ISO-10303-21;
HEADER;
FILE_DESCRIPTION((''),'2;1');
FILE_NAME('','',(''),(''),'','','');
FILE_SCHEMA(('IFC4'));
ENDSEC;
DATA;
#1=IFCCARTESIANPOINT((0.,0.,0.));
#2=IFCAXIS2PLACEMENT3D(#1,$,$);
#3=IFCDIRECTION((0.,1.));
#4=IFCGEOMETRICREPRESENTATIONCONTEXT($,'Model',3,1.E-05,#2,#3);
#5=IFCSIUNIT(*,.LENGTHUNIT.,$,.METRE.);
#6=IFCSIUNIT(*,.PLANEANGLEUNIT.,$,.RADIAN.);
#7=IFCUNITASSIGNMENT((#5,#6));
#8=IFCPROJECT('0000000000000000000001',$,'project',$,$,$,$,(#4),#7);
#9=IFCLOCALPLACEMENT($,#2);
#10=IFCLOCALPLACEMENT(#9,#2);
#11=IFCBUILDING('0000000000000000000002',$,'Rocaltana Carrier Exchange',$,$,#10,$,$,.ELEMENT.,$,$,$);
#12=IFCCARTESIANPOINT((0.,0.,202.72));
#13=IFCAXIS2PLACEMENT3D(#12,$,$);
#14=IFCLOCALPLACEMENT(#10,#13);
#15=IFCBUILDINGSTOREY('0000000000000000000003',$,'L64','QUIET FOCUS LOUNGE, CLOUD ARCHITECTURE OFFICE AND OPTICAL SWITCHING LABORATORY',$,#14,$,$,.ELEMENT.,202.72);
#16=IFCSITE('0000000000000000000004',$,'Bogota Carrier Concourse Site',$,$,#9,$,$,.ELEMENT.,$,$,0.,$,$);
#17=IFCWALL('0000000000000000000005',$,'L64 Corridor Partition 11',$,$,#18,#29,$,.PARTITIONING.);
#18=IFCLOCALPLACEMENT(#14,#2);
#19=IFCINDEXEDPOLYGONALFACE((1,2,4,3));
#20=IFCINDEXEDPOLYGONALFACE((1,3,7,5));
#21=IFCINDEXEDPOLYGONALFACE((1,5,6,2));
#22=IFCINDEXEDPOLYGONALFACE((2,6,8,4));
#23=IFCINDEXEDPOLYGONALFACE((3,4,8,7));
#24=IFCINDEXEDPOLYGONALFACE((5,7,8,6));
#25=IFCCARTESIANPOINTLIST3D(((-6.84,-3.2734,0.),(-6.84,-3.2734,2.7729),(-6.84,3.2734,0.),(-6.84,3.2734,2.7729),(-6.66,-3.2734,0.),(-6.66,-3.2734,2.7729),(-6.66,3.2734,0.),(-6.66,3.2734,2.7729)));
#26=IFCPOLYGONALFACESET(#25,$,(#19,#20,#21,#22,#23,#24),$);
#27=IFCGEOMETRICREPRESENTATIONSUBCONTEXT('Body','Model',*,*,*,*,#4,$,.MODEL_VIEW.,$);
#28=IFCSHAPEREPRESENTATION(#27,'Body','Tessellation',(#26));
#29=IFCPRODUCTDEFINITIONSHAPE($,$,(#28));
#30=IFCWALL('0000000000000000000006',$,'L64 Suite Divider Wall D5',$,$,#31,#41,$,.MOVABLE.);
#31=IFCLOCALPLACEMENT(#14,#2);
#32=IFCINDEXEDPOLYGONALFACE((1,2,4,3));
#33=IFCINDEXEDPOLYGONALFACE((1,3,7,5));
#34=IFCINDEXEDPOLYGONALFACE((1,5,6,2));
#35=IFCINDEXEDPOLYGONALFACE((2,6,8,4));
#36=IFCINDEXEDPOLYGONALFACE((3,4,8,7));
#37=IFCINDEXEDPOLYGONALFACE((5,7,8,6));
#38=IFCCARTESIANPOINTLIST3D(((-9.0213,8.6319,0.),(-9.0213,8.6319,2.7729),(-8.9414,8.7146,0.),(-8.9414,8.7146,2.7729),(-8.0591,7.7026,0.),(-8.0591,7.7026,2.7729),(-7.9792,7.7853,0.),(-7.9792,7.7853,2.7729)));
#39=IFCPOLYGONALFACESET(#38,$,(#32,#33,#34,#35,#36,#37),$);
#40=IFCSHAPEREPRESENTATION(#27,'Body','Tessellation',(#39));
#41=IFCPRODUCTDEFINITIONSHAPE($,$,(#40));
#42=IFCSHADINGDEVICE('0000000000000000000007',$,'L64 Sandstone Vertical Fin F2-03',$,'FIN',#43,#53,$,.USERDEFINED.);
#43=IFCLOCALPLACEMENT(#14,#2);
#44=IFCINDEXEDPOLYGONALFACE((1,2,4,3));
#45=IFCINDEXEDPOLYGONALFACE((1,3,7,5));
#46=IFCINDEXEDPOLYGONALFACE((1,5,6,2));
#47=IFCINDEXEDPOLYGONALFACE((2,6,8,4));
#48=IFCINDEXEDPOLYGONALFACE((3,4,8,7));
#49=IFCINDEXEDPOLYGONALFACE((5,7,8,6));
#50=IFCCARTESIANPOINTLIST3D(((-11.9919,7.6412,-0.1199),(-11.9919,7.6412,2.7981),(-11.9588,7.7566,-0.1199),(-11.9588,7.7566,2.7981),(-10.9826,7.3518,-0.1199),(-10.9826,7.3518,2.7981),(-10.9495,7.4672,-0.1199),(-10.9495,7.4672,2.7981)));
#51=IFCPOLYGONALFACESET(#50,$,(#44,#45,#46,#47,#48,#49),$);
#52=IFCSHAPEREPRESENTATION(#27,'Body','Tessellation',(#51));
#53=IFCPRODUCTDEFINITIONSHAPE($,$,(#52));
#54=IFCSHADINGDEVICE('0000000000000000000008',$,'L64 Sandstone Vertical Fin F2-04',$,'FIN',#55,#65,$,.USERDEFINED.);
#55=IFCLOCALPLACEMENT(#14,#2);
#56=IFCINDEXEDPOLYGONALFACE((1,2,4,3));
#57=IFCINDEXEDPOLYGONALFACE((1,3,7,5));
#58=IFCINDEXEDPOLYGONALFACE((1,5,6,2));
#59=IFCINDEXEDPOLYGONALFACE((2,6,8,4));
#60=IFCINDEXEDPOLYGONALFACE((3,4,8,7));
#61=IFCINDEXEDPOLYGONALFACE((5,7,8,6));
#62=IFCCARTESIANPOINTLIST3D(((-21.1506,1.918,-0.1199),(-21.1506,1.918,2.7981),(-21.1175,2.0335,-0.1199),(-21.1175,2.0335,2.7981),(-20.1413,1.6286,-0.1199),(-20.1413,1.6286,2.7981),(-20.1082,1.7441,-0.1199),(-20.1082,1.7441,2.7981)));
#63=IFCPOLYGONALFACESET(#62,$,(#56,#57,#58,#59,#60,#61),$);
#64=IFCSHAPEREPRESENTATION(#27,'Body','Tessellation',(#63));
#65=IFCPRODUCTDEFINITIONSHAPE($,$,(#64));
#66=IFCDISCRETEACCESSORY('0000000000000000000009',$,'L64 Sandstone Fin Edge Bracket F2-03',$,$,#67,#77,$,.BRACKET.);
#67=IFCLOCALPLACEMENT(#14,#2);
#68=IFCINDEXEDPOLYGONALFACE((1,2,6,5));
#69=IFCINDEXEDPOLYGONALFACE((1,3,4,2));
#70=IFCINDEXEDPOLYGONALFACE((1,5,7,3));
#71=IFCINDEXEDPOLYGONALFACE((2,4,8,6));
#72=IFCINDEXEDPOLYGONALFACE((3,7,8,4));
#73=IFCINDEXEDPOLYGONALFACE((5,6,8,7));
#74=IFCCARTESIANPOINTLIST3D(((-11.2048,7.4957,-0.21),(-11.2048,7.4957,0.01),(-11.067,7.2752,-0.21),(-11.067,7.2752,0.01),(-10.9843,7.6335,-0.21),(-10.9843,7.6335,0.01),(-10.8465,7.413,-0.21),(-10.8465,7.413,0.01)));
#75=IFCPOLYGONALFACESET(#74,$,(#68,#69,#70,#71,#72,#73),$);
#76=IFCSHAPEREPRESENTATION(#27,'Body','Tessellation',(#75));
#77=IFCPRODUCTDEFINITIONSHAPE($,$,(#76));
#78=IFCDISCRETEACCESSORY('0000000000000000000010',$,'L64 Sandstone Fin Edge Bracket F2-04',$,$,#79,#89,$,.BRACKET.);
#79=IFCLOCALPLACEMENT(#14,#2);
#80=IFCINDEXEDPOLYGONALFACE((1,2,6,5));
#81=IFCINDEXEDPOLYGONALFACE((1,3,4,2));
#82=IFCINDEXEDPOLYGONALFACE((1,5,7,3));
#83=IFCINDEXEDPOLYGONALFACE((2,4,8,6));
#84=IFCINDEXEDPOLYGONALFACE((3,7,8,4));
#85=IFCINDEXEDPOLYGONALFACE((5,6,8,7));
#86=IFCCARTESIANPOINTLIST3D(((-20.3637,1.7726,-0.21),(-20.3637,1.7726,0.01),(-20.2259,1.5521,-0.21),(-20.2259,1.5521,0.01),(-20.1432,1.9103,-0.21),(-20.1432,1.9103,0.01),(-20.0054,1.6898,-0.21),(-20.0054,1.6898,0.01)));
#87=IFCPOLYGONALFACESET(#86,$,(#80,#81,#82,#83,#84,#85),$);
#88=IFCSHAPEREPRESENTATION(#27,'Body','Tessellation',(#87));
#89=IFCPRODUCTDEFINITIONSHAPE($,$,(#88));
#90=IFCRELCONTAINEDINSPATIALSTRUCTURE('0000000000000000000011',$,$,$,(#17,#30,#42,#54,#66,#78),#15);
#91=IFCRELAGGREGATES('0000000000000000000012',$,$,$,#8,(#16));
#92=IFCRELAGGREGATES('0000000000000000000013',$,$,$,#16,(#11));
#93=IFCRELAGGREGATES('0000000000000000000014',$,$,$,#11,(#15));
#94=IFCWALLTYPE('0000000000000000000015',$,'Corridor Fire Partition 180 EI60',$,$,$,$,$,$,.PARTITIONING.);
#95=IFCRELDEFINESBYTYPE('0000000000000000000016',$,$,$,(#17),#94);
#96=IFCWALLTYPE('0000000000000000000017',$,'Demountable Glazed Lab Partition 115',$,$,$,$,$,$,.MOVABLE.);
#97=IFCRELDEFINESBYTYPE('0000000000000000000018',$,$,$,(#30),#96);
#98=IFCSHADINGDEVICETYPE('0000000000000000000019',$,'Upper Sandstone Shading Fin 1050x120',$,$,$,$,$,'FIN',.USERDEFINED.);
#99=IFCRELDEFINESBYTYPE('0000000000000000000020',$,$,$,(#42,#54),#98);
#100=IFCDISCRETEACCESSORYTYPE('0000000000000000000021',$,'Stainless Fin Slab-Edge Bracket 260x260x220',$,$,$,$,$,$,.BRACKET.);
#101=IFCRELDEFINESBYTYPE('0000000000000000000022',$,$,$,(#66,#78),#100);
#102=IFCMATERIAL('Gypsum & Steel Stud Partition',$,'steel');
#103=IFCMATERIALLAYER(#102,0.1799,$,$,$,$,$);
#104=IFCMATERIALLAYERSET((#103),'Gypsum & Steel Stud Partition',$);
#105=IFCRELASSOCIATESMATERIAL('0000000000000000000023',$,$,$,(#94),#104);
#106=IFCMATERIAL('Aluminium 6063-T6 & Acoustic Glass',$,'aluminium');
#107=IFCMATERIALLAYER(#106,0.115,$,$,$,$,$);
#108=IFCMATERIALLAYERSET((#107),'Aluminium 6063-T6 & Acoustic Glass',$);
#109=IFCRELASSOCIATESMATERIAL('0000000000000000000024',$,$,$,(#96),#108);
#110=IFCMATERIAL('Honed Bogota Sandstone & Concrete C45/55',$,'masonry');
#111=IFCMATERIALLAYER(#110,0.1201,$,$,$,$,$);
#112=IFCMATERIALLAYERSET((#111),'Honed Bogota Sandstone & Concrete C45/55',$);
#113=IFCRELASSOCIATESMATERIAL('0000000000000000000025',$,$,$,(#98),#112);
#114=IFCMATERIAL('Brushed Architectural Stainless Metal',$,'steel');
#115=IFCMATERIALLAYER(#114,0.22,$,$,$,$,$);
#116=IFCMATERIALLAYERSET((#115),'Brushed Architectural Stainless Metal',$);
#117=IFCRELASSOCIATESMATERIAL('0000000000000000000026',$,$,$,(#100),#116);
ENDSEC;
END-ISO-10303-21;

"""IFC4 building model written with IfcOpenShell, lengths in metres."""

from ifc_helpers import new_model, si_unit, direction, frame, frame_2d, origin, origin_2d, place, context, subcontext, project, spatial, rectangle, extrude, material, layer, layer_set, type_object, element, save


model = new_model("IFC4")

# Units and contexts
model_context = context("Model", 3, precision=1e-05, world=origin(), true_north=direction((0.0, 1.0)))
body_context = subcontext(model_context, "Body", "Model", "MODEL_VIEW")
ifc_project = project(units=[si_unit("LENGTHUNIT", "METRE"), si_unit("PLANEANGLEUNIT", "RADIAN")], contexts=[model_context])

# Site, building, storey
site_placement = place(None, origin())
site = spatial("IfcSite", under=ifc_project, at=site_placement, Name="Bogota Carrier Concourse Site", CompositionType="ELEMENT", RefElevation=0.0)
building_placement = place(site_placement, origin())
building = spatial("IfcBuilding", under=site, at=building_placement, Name="Rocaltana Carrier Exchange", CompositionType="ELEMENT")
storey_placement = place(building_placement, frame((0.0, 0.0, 202.72)))
storey = spatial("IfcBuildingStorey", under=building, at=storey_placement, Name="L64", Description="QUIET FOCUS LOUNGE, CLOUD ARCHITECTURE OFFICE AND OPTICAL SWITCHING LABORATORY", CompositionType="ELEMENT", Elevation=202.72)

# Shared definitions
ifc_material_1 = material(Name="Gypsum & Steel Stud Partition", Category="steel")
ifc_layer_1 = layer(ifc_material_1, 0.1799)
ifc_layer_set_1 = layer_set([ifc_layer_1], Name="Gypsum & Steel Stud Partition")
wall_type_1 = type_object("IfcWallType", Name="Corridor Fire Partition 180 EI60", PredefinedType="PARTITIONING", material=ifc_layer_set_1)

# Walls
wall_1_placement = place(storey_placement, frame((-6.75, 3.2734, 0.0), z_axis=(0.0, 0.0, 1.0), x_axis=(0.0, -1.0, 0.0)))
element("IfcWall", 1, at=wall_1_placement, inside=storey, type_object=wall_type_1, Name="L64 Corridor Partition 11", PredefinedType="PARTITIONING", context=body_context, shape_type="SweptSolid", body=[
    extrude(rectangle(XDim=6.5469, YDim=0.1799, at=frame_2d((3.2734, 0.0))), origin(), (0.0, 0.0, 1.0), 2.7729),
])
ifc_material_2 = material(Name="Aluminium 6063-T6 & Acoustic Glass", Category="aluminium")
ifc_layer_2 = layer(ifc_material_2, 0.115)
ifc_layer_set_2 = layer_set([ifc_layer_2], Name="Aluminium 6063-T6 & Acoustic Glass")
wall_type_2 = type_object("IfcWallType", Name="Demountable Glazed Lab Partition 115", PredefinedType="MOVABLE", material=ifc_layer_set_2)
wall_2_placement = place(storey_placement, frame((-8.019, 7.7439, 0.0), z_axis=(0.0, 0.0, 1.0), x_axis=(-0.71932, 0.694679, 0.0)))
element("IfcWall", 2, at=wall_2_placement, inside=storey, type_object=wall_type_2, Name="L64 Suite Divider Wall D5", PredefinedType="MOVABLE", context=body_context, shape_type="SweptSolid", body=[
    extrude(rectangle(XDim=1.3376, YDim=0.115, at=frame_2d((0.6689, 0.0))), origin(), (0.0, 0.0, 1.0), 2.7729),
])

# Shading devices
ifc_material_3 = material(Name="Honed Bogota Sandstone & Concrete C45/55", Category="masonry")
ifc_layer_3 = layer(ifc_material_3, 0.1201)
ifc_layer_set_3 = layer_set([ifc_layer_3], Name="Honed Bogota Sandstone & Concrete C45/55")
shading_device_type = type_object("IfcShadingDeviceType", Name="Upper Sandstone Shading Fin 1050x120", ElementType="FIN", PredefinedType="USERDEFINED", material=ifc_layer_set_3)
for number, where, z_axis, x_axis, name in (
    (3, (-11.4707, 7.5542, -0.1199), (0.0, 0.0, 1.0), (-0.961262, 0.275637, 0.0), "L64 Sandstone Vertical Fin F2-03"),
    (4, (-20.6294, 1.8311, -0.1199), (0.0, 0.0, 1.0), (-0.961262, 0.275637, 0.0), "L64 Sandstone Vertical Fin F2-04"),
):
    element("IfcShadingDevice", number, at=place(storey_placement, frame(where, z_axis=z_axis, x_axis=x_axis)), inside=storey, type_object=shading_device_type, Name=name, ObjectType="FIN", PredefinedType="USERDEFINED", context=body_context, shape_type="SweptSolid", body=[
        extrude(rectangle(XDim=1.05, YDim=0.1201, at=origin_2d()), origin(), (0.0, 0.0, 1.0), 2.918),
    ])

# Discrete accessories
ifc_material_4 = material(Name="Brushed Architectural Stainless Metal", Category="steel")
ifc_layer_4 = layer(ifc_material_4, 0.22)
ifc_layer_set_4 = layer_set([ifc_layer_4], Name="Brushed Architectural Stainless Metal")
discrete_accessory_type = type_object("IfcDiscreteAccessoryType", Name="Stainless Fin Slab-Edge Bracket 260x260x220", PredefinedType="BRACKET", material=ifc_layer_set_4)
for number, where, z_axis, x_axis, name in (
    (5, (-11.0256, 7.4543, -0.21), (0.0, 0.0, 1.0), (-0.848048, -0.529919, 0.0), "L64 Sandstone Fin Edge Bracket F2-03"),
    (6, (-20.1846, 1.7312, -0.21), (0.0, 0.0, 1.0), (-0.848048, -0.529919, 0.0), "L64 Sandstone Fin Edge Bracket F2-04"),
):
    element("IfcDiscreteAccessory", number, at=place(storey_placement, frame(where, z_axis=z_axis, x_axis=x_axis)), inside=storey, type_object=discrete_accessory_type, Name=name, PredefinedType="BRACKET", context=body_context, shape_type="SweptSolid", body=[
        extrude(rectangle(XDim=0.26, YDim=0.26, at=origin_2d()), origin(), (0.0, 0.0, 1.0), 0.22),
    ])

save(model, "model.ifc")
